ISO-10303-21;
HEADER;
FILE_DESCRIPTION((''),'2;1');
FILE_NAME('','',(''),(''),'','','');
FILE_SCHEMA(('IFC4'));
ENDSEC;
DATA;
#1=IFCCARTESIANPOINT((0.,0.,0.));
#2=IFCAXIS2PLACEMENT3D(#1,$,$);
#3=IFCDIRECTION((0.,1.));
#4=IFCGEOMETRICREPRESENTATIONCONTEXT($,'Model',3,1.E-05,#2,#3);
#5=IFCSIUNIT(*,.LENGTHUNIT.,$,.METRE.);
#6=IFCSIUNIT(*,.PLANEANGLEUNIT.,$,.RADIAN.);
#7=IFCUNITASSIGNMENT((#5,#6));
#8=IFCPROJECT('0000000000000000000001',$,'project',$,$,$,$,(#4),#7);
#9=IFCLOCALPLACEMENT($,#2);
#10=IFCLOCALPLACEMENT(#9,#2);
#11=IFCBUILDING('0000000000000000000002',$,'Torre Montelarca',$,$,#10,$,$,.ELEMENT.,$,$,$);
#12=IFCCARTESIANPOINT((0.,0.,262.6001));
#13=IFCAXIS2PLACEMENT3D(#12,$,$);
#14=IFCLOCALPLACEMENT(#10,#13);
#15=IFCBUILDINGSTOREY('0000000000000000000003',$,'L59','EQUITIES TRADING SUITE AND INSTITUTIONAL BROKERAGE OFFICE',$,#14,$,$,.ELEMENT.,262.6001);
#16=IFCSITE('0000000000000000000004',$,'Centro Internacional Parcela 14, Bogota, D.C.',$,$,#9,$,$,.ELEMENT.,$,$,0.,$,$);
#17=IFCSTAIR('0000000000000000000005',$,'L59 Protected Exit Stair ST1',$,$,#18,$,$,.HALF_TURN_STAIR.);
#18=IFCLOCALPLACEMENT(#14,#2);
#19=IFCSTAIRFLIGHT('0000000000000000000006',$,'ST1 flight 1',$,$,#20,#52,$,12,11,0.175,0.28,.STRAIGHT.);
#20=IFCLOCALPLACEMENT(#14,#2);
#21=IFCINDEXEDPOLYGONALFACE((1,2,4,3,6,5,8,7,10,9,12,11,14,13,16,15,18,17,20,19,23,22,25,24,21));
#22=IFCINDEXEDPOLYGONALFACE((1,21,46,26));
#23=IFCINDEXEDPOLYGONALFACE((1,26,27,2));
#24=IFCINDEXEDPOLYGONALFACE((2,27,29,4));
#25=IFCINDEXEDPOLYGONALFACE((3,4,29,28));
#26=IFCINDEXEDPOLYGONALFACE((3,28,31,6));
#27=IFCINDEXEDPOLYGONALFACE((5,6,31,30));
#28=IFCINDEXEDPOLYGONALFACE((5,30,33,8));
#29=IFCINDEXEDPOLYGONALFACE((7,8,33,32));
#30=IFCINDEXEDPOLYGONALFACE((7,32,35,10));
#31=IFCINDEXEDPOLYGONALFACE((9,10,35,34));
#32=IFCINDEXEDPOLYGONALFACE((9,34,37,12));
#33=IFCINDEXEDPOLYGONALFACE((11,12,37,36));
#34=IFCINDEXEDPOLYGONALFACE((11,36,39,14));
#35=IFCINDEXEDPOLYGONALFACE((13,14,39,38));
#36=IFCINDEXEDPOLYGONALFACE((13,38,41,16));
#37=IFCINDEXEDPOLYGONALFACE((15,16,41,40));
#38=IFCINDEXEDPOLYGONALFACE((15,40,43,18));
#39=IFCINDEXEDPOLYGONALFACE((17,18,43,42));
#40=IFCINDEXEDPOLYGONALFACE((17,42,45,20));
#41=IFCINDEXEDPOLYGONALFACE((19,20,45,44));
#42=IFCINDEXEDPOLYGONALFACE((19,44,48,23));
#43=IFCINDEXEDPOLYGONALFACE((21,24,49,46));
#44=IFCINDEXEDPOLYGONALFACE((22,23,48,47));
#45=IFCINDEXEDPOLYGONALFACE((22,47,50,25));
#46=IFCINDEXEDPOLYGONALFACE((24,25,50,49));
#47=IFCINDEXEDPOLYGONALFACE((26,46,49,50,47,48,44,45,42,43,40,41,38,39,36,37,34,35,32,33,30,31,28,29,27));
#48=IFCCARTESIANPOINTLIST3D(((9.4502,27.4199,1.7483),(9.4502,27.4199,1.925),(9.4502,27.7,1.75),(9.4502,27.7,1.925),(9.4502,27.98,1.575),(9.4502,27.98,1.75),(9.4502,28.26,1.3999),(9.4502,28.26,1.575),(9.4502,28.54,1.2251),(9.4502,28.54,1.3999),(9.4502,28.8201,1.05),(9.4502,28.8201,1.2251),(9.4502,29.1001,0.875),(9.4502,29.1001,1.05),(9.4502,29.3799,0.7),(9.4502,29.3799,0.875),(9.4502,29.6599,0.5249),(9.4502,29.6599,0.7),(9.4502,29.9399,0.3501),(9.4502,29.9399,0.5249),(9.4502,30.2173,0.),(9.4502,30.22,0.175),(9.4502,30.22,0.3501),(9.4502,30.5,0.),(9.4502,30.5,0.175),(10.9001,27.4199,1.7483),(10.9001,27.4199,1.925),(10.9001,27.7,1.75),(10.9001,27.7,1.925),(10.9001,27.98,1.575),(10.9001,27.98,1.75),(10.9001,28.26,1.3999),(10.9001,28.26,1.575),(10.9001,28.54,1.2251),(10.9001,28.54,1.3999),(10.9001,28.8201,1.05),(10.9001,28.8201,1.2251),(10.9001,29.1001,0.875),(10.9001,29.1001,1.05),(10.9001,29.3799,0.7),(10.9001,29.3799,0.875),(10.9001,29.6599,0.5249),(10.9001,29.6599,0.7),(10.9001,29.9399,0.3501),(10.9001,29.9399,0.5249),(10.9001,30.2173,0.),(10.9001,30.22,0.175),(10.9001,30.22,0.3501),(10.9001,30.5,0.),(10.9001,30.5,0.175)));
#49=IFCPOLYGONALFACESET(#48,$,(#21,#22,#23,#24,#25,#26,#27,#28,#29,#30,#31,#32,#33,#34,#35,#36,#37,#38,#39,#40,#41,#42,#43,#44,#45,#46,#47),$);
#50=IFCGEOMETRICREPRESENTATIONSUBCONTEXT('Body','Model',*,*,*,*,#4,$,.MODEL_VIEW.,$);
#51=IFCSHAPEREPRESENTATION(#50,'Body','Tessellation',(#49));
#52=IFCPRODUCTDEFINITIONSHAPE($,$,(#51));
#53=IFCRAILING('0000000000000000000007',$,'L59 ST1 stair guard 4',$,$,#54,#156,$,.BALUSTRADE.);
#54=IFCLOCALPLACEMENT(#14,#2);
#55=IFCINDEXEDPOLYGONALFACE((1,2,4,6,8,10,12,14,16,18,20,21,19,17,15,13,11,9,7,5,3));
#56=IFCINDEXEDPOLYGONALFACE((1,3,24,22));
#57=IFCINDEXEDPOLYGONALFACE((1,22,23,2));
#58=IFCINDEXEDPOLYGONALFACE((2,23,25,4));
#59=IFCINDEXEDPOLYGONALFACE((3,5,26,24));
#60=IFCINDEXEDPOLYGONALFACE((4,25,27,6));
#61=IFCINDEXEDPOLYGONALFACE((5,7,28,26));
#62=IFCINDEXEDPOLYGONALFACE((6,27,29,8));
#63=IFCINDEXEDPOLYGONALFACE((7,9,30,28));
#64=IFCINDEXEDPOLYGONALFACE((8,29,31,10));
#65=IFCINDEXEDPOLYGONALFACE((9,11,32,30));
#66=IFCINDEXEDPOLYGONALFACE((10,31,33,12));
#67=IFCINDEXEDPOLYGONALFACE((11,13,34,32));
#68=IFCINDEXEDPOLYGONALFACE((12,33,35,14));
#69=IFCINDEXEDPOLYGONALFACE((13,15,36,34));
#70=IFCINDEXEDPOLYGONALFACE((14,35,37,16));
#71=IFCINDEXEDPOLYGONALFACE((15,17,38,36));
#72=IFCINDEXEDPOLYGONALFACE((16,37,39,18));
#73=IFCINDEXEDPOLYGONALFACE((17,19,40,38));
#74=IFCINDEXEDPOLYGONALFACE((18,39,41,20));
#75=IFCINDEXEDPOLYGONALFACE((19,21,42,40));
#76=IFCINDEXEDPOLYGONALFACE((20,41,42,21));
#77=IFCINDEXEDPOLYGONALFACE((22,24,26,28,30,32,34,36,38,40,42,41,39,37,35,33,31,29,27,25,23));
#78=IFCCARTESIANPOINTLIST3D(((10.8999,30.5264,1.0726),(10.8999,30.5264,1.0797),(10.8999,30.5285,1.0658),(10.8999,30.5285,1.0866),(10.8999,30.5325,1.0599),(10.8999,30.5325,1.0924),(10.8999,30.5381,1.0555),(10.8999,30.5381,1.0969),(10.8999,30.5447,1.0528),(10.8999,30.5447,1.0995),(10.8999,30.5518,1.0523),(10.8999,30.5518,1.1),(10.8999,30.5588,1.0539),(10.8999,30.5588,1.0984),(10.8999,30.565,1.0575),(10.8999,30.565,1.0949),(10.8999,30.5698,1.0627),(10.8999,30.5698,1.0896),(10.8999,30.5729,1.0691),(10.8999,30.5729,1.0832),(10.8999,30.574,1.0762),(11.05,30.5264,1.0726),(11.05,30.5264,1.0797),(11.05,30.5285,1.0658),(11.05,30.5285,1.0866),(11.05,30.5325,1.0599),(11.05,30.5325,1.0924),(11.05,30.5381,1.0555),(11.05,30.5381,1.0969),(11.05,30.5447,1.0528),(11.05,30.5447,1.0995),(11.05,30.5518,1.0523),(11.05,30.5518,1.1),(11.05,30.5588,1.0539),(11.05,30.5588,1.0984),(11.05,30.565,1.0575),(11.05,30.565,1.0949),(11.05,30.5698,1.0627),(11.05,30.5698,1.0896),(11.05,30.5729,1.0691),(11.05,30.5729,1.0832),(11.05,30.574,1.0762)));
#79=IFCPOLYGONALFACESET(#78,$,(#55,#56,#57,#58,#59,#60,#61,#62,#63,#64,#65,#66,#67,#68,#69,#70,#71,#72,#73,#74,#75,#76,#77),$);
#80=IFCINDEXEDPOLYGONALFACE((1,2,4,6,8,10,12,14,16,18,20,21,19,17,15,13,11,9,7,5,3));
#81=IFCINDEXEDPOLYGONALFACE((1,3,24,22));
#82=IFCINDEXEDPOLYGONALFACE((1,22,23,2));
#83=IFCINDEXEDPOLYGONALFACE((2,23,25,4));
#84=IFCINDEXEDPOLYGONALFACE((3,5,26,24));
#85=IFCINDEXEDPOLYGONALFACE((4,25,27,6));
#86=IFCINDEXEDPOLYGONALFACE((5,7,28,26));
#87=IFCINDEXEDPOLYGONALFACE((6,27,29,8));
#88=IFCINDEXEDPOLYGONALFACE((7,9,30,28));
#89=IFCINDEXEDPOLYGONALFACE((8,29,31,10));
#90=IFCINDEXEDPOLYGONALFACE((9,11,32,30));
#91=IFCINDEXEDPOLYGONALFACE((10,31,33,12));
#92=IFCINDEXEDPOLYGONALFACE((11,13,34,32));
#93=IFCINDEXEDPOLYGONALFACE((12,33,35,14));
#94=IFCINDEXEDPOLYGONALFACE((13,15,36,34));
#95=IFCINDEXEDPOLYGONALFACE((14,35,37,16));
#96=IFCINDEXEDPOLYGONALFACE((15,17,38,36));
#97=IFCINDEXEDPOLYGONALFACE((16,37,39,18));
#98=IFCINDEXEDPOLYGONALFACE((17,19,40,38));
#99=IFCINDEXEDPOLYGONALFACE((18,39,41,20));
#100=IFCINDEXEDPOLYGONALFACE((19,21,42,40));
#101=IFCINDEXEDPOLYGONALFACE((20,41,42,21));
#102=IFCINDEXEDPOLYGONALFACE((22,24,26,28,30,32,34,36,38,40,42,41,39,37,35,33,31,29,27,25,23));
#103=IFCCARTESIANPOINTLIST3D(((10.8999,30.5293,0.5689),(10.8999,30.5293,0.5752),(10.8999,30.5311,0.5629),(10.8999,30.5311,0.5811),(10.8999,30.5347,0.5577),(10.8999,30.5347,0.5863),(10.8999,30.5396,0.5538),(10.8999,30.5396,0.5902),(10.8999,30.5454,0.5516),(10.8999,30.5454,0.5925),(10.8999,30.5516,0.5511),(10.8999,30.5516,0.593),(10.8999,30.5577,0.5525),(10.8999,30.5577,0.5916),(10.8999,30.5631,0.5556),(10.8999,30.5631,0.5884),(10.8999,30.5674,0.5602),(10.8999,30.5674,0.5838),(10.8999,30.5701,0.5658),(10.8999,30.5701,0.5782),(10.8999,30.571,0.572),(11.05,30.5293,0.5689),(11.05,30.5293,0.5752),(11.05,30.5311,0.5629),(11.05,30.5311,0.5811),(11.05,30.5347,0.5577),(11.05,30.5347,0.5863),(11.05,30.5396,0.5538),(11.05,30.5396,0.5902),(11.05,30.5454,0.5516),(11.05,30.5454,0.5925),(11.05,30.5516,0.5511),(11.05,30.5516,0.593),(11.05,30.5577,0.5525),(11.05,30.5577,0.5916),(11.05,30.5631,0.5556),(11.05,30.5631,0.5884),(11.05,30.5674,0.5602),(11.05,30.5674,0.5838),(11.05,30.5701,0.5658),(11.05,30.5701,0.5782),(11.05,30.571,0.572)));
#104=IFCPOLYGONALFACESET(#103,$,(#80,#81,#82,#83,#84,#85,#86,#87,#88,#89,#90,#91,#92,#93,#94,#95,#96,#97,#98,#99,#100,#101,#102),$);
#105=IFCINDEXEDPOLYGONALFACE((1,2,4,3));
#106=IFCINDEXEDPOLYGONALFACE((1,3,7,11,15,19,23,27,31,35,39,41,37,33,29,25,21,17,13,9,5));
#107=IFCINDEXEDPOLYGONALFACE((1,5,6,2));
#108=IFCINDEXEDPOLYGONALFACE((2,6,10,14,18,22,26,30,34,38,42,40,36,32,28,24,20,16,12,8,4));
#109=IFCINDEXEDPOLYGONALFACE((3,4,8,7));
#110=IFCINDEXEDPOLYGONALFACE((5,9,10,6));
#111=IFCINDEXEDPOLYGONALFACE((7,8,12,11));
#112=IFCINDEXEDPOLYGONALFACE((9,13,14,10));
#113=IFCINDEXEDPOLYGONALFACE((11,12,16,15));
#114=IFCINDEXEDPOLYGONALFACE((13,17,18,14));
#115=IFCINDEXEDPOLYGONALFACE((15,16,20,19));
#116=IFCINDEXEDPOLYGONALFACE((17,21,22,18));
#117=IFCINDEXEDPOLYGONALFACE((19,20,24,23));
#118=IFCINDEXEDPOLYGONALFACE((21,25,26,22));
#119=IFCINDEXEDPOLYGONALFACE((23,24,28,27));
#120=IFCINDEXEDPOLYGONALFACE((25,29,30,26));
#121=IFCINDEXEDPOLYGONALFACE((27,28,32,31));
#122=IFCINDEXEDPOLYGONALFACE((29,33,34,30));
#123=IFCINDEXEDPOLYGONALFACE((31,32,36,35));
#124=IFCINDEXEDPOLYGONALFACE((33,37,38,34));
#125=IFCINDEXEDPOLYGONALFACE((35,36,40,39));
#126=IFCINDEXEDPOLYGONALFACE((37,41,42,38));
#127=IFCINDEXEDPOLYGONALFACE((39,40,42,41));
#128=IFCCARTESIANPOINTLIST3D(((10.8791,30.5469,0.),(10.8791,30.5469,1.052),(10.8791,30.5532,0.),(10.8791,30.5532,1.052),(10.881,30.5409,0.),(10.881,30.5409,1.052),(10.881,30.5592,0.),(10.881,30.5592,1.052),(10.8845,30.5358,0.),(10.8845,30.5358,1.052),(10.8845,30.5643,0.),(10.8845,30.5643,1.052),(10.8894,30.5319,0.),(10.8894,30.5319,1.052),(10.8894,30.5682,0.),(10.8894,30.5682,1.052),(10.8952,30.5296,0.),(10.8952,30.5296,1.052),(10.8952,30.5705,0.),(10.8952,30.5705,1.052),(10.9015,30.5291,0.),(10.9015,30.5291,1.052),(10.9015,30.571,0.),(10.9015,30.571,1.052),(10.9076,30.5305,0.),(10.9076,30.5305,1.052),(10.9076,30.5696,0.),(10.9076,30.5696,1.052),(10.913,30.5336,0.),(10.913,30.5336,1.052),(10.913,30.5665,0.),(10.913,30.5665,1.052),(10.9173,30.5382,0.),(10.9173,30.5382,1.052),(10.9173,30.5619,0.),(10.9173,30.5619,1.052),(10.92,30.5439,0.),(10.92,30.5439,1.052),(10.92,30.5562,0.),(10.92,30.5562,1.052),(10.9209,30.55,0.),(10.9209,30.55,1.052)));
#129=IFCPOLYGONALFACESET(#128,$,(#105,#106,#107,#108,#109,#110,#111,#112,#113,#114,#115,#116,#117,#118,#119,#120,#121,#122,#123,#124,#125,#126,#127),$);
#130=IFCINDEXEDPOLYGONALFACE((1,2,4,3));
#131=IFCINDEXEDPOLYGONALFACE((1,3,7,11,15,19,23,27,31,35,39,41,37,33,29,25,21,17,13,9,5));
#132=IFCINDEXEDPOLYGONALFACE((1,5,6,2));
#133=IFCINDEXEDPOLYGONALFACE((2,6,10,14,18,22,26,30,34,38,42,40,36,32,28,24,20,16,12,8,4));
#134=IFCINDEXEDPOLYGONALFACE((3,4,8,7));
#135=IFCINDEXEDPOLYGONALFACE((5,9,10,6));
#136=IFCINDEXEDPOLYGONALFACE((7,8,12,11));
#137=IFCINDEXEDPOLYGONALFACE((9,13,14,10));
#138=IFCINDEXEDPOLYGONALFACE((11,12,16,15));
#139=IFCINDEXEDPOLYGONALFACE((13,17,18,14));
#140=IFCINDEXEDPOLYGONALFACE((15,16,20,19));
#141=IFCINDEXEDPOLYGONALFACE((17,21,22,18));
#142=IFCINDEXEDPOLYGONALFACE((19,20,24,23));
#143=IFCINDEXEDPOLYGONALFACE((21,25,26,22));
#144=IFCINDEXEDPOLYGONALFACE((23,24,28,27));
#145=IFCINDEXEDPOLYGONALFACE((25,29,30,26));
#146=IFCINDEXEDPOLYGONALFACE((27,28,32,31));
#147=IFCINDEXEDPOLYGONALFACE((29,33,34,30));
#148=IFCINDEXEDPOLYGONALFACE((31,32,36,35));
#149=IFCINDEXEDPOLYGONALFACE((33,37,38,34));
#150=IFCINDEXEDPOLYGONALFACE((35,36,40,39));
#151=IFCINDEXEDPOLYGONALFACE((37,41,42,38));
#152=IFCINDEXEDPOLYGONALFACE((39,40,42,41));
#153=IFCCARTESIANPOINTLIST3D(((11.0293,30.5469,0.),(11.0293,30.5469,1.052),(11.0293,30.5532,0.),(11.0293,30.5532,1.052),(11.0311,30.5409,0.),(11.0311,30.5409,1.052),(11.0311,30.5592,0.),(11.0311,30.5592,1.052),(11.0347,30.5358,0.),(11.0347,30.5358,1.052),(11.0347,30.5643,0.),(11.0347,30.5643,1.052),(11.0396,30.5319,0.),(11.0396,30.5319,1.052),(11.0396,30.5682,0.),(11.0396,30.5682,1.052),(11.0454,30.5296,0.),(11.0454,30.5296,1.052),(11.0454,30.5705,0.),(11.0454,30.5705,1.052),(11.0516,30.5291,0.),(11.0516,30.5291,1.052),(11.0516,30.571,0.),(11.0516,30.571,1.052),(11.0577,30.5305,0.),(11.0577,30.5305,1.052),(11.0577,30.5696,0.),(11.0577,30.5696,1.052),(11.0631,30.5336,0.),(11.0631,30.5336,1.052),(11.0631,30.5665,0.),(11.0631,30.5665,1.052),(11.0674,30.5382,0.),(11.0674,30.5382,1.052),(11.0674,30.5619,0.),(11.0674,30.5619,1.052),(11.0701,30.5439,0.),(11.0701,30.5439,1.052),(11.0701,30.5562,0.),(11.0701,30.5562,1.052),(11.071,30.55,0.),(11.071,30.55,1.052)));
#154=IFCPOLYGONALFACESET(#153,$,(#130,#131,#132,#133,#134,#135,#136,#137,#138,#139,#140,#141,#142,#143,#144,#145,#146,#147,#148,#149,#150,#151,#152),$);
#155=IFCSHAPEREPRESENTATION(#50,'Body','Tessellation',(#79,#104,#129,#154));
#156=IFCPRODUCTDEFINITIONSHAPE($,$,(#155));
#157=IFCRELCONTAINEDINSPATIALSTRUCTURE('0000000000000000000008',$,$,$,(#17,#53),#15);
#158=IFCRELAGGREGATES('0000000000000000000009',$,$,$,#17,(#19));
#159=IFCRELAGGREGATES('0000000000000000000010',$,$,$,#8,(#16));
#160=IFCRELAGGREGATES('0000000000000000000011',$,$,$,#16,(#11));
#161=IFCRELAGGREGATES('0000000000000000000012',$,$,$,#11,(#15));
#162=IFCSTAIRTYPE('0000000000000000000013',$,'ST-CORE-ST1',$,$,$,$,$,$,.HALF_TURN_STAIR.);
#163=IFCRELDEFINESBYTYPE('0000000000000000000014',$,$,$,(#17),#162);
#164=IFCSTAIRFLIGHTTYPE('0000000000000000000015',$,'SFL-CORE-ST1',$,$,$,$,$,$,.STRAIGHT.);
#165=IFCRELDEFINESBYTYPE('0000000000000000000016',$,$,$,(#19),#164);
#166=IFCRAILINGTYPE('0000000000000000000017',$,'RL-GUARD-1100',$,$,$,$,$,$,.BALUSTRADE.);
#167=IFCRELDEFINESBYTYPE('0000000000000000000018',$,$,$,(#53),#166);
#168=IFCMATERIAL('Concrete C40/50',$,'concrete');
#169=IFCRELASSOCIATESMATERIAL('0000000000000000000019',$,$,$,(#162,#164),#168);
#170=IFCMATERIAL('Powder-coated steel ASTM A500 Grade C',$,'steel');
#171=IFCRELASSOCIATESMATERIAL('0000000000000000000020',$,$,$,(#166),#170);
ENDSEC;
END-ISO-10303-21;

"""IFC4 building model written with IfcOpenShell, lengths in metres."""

from ifc_helpers import new_model, si_unit, direction, frame, origin, origin_2d, place, context, subcontext, project, spatial, polyline, circle, outline, extrude, material, type_object, element, aggregate, save


model = new_model("IFC4")

# Units and contexts
model_context = context("Model", 3, precision=1e-05, world=origin(), true_north=direction((0.0, 1.0)))
body_context = subcontext(model_context, "Body", "Model", "MODEL_VIEW")
ifc_project = project(units=[si_unit("LENGTHUNIT", "METRE"), si_unit("PLANEANGLEUNIT", "RADIAN")], contexts=[model_context])

# Site, building, storey
site_placement = place(None, origin())
site = spatial("IfcSite", under=ifc_project, at=site_placement, Name="Centro Internacional Parcela 14, Bogota, D.C.", CompositionType="ELEMENT", RefElevation=0.0)
building_placement = place(site_placement, origin())
building = spatial("IfcBuilding", under=site, at=building_placement, Name="Torre Montelarca", CompositionType="ELEMENT")
storey_placement = place(building_placement, frame((0.0, 0.0, 262.6001)))
storey = spatial("IfcBuildingStorey", under=building, at=storey_placement, Name="L59", Description="EQUITIES TRADING SUITE AND INSTITUTIONAL BROKERAGE OFFICE", CompositionType="ELEMENT", Elevation=262.6001)

# Shared definitions
ifc_material_1 = material(Name="Concrete C40/50", Category="concrete")

# Stair, stair flight
stair_type = type_object("IfcStairType", Name="ST-CORE-ST1", PredefinedType="HALF_TURN_STAIR", material=ifc_material_1)
stair_placement = place(storey_placement, origin())
stair = element("IfcStair", 1, at=stair_placement, inside=storey, type_object=stair_type, Name="L59 Protected Exit Stair ST1", PredefinedType="HALF_TURN_STAIR")
stair_flight_type = type_object("IfcStairFlightType", Name="SFL-CORE-ST1", PredefinedType="STRAIGHT", material=ifc_material_1)
stair_flight_placement = place(storey_placement, frame((10.175, 30.5, 0.0), z_axis=(0.0, 0.0, 1.0), x_axis=(0.0, -1.0, 0.0)))
stair_flight = element("IfcStairFlight", 2, at=stair_flight_placement, type_object=stair_flight_type, Name="ST1 flight 1", NumberOfRisers=12, NumberOfTreads=11, PredefinedType="STRAIGHT", RiserHeight=0.175, TreadLength=0.28, context=body_context, shape_type="SweptSolid", body=[
    extrude(outline(polyline([(0.0, 0.0), (0.0, 0.175), (0.28, 0.175), (0.28, 0.3501), (0.5601, 0.3501), (0.5601, 0.5249), (0.8401, 0.5249), (0.8401, 0.7), (1.1201, 0.7), (1.1201, 0.875), (1.3999, 0.875), (1.3999, 1.05), (1.6799, 1.05), (1.6799, 1.2251), (1.96, 1.2251), (1.96, 1.3999), (2.24, 1.3999), (2.24, 1.575), (2.52, 1.575), (2.52, 1.75), (2.8, 1.75), (2.8, 1.925), (3.0801, 1.925), (3.0801, 2.1001), (3.0801, 1.7483), (0.2827, 0.0), (0.0, 0.0)])), frame((0.0, 0.7251, 0.0), z_axis=(0.0, -1.0, 0.0), x_axis=(1.0, 0.0, 0.0)), (0.0, 0.0, 1.0), 1.45),
])
aggregate(stair, [stair_flight])

# Railing
ifc_material_2 = material(Name="Powder-coated steel ASTM A500 Grade C", Category="steel")
railing_type_1 = type_object("IfcRailingType", Name="RL-GUARD-1100", PredefinedType="BALUSTRADE", material=ifc_material_2)
railing_1_placement = place(storey_placement, frame((10.8999, 30.55, 0.0)))
element("IfcRailing", 3, at=railing_1_placement, inside=storey, type_object=railing_type_1, Name="L59 ST1 stair guard 4", PredefinedType="BALUSTRADE", context=body_context, shape_type="SweptSolid", body=[
    extrude(circle(Radius=0.0239, at=origin_2d()), frame((0.0, 0.0, 1.0762), z_axis=(1.0, 0.0, 0.0), x_axis=(0.0, 1.0, 0.0)), (0.0, 0.0, 1.0), 0.1501),
    extrude(circle(Radius=0.021, at=origin_2d()), frame((0.0, 0.0, 0.572), z_axis=(1.0, 0.0, 0.0), x_axis=(0.0, 1.0, 0.0)), (0.0, 0.0, 1.0), 0.1501),
    extrude(circle(Radius=0.021, at=origin_2d()), origin(), (0.0, 0.0, 1.0), 1.052),
    extrude(circle(Radius=0.021, at=origin_2d()), frame((0.1501, 0.0, 0.0)), (0.0, 0.0, 1.0), 1.052),
])

save(model, "model.ifc")
